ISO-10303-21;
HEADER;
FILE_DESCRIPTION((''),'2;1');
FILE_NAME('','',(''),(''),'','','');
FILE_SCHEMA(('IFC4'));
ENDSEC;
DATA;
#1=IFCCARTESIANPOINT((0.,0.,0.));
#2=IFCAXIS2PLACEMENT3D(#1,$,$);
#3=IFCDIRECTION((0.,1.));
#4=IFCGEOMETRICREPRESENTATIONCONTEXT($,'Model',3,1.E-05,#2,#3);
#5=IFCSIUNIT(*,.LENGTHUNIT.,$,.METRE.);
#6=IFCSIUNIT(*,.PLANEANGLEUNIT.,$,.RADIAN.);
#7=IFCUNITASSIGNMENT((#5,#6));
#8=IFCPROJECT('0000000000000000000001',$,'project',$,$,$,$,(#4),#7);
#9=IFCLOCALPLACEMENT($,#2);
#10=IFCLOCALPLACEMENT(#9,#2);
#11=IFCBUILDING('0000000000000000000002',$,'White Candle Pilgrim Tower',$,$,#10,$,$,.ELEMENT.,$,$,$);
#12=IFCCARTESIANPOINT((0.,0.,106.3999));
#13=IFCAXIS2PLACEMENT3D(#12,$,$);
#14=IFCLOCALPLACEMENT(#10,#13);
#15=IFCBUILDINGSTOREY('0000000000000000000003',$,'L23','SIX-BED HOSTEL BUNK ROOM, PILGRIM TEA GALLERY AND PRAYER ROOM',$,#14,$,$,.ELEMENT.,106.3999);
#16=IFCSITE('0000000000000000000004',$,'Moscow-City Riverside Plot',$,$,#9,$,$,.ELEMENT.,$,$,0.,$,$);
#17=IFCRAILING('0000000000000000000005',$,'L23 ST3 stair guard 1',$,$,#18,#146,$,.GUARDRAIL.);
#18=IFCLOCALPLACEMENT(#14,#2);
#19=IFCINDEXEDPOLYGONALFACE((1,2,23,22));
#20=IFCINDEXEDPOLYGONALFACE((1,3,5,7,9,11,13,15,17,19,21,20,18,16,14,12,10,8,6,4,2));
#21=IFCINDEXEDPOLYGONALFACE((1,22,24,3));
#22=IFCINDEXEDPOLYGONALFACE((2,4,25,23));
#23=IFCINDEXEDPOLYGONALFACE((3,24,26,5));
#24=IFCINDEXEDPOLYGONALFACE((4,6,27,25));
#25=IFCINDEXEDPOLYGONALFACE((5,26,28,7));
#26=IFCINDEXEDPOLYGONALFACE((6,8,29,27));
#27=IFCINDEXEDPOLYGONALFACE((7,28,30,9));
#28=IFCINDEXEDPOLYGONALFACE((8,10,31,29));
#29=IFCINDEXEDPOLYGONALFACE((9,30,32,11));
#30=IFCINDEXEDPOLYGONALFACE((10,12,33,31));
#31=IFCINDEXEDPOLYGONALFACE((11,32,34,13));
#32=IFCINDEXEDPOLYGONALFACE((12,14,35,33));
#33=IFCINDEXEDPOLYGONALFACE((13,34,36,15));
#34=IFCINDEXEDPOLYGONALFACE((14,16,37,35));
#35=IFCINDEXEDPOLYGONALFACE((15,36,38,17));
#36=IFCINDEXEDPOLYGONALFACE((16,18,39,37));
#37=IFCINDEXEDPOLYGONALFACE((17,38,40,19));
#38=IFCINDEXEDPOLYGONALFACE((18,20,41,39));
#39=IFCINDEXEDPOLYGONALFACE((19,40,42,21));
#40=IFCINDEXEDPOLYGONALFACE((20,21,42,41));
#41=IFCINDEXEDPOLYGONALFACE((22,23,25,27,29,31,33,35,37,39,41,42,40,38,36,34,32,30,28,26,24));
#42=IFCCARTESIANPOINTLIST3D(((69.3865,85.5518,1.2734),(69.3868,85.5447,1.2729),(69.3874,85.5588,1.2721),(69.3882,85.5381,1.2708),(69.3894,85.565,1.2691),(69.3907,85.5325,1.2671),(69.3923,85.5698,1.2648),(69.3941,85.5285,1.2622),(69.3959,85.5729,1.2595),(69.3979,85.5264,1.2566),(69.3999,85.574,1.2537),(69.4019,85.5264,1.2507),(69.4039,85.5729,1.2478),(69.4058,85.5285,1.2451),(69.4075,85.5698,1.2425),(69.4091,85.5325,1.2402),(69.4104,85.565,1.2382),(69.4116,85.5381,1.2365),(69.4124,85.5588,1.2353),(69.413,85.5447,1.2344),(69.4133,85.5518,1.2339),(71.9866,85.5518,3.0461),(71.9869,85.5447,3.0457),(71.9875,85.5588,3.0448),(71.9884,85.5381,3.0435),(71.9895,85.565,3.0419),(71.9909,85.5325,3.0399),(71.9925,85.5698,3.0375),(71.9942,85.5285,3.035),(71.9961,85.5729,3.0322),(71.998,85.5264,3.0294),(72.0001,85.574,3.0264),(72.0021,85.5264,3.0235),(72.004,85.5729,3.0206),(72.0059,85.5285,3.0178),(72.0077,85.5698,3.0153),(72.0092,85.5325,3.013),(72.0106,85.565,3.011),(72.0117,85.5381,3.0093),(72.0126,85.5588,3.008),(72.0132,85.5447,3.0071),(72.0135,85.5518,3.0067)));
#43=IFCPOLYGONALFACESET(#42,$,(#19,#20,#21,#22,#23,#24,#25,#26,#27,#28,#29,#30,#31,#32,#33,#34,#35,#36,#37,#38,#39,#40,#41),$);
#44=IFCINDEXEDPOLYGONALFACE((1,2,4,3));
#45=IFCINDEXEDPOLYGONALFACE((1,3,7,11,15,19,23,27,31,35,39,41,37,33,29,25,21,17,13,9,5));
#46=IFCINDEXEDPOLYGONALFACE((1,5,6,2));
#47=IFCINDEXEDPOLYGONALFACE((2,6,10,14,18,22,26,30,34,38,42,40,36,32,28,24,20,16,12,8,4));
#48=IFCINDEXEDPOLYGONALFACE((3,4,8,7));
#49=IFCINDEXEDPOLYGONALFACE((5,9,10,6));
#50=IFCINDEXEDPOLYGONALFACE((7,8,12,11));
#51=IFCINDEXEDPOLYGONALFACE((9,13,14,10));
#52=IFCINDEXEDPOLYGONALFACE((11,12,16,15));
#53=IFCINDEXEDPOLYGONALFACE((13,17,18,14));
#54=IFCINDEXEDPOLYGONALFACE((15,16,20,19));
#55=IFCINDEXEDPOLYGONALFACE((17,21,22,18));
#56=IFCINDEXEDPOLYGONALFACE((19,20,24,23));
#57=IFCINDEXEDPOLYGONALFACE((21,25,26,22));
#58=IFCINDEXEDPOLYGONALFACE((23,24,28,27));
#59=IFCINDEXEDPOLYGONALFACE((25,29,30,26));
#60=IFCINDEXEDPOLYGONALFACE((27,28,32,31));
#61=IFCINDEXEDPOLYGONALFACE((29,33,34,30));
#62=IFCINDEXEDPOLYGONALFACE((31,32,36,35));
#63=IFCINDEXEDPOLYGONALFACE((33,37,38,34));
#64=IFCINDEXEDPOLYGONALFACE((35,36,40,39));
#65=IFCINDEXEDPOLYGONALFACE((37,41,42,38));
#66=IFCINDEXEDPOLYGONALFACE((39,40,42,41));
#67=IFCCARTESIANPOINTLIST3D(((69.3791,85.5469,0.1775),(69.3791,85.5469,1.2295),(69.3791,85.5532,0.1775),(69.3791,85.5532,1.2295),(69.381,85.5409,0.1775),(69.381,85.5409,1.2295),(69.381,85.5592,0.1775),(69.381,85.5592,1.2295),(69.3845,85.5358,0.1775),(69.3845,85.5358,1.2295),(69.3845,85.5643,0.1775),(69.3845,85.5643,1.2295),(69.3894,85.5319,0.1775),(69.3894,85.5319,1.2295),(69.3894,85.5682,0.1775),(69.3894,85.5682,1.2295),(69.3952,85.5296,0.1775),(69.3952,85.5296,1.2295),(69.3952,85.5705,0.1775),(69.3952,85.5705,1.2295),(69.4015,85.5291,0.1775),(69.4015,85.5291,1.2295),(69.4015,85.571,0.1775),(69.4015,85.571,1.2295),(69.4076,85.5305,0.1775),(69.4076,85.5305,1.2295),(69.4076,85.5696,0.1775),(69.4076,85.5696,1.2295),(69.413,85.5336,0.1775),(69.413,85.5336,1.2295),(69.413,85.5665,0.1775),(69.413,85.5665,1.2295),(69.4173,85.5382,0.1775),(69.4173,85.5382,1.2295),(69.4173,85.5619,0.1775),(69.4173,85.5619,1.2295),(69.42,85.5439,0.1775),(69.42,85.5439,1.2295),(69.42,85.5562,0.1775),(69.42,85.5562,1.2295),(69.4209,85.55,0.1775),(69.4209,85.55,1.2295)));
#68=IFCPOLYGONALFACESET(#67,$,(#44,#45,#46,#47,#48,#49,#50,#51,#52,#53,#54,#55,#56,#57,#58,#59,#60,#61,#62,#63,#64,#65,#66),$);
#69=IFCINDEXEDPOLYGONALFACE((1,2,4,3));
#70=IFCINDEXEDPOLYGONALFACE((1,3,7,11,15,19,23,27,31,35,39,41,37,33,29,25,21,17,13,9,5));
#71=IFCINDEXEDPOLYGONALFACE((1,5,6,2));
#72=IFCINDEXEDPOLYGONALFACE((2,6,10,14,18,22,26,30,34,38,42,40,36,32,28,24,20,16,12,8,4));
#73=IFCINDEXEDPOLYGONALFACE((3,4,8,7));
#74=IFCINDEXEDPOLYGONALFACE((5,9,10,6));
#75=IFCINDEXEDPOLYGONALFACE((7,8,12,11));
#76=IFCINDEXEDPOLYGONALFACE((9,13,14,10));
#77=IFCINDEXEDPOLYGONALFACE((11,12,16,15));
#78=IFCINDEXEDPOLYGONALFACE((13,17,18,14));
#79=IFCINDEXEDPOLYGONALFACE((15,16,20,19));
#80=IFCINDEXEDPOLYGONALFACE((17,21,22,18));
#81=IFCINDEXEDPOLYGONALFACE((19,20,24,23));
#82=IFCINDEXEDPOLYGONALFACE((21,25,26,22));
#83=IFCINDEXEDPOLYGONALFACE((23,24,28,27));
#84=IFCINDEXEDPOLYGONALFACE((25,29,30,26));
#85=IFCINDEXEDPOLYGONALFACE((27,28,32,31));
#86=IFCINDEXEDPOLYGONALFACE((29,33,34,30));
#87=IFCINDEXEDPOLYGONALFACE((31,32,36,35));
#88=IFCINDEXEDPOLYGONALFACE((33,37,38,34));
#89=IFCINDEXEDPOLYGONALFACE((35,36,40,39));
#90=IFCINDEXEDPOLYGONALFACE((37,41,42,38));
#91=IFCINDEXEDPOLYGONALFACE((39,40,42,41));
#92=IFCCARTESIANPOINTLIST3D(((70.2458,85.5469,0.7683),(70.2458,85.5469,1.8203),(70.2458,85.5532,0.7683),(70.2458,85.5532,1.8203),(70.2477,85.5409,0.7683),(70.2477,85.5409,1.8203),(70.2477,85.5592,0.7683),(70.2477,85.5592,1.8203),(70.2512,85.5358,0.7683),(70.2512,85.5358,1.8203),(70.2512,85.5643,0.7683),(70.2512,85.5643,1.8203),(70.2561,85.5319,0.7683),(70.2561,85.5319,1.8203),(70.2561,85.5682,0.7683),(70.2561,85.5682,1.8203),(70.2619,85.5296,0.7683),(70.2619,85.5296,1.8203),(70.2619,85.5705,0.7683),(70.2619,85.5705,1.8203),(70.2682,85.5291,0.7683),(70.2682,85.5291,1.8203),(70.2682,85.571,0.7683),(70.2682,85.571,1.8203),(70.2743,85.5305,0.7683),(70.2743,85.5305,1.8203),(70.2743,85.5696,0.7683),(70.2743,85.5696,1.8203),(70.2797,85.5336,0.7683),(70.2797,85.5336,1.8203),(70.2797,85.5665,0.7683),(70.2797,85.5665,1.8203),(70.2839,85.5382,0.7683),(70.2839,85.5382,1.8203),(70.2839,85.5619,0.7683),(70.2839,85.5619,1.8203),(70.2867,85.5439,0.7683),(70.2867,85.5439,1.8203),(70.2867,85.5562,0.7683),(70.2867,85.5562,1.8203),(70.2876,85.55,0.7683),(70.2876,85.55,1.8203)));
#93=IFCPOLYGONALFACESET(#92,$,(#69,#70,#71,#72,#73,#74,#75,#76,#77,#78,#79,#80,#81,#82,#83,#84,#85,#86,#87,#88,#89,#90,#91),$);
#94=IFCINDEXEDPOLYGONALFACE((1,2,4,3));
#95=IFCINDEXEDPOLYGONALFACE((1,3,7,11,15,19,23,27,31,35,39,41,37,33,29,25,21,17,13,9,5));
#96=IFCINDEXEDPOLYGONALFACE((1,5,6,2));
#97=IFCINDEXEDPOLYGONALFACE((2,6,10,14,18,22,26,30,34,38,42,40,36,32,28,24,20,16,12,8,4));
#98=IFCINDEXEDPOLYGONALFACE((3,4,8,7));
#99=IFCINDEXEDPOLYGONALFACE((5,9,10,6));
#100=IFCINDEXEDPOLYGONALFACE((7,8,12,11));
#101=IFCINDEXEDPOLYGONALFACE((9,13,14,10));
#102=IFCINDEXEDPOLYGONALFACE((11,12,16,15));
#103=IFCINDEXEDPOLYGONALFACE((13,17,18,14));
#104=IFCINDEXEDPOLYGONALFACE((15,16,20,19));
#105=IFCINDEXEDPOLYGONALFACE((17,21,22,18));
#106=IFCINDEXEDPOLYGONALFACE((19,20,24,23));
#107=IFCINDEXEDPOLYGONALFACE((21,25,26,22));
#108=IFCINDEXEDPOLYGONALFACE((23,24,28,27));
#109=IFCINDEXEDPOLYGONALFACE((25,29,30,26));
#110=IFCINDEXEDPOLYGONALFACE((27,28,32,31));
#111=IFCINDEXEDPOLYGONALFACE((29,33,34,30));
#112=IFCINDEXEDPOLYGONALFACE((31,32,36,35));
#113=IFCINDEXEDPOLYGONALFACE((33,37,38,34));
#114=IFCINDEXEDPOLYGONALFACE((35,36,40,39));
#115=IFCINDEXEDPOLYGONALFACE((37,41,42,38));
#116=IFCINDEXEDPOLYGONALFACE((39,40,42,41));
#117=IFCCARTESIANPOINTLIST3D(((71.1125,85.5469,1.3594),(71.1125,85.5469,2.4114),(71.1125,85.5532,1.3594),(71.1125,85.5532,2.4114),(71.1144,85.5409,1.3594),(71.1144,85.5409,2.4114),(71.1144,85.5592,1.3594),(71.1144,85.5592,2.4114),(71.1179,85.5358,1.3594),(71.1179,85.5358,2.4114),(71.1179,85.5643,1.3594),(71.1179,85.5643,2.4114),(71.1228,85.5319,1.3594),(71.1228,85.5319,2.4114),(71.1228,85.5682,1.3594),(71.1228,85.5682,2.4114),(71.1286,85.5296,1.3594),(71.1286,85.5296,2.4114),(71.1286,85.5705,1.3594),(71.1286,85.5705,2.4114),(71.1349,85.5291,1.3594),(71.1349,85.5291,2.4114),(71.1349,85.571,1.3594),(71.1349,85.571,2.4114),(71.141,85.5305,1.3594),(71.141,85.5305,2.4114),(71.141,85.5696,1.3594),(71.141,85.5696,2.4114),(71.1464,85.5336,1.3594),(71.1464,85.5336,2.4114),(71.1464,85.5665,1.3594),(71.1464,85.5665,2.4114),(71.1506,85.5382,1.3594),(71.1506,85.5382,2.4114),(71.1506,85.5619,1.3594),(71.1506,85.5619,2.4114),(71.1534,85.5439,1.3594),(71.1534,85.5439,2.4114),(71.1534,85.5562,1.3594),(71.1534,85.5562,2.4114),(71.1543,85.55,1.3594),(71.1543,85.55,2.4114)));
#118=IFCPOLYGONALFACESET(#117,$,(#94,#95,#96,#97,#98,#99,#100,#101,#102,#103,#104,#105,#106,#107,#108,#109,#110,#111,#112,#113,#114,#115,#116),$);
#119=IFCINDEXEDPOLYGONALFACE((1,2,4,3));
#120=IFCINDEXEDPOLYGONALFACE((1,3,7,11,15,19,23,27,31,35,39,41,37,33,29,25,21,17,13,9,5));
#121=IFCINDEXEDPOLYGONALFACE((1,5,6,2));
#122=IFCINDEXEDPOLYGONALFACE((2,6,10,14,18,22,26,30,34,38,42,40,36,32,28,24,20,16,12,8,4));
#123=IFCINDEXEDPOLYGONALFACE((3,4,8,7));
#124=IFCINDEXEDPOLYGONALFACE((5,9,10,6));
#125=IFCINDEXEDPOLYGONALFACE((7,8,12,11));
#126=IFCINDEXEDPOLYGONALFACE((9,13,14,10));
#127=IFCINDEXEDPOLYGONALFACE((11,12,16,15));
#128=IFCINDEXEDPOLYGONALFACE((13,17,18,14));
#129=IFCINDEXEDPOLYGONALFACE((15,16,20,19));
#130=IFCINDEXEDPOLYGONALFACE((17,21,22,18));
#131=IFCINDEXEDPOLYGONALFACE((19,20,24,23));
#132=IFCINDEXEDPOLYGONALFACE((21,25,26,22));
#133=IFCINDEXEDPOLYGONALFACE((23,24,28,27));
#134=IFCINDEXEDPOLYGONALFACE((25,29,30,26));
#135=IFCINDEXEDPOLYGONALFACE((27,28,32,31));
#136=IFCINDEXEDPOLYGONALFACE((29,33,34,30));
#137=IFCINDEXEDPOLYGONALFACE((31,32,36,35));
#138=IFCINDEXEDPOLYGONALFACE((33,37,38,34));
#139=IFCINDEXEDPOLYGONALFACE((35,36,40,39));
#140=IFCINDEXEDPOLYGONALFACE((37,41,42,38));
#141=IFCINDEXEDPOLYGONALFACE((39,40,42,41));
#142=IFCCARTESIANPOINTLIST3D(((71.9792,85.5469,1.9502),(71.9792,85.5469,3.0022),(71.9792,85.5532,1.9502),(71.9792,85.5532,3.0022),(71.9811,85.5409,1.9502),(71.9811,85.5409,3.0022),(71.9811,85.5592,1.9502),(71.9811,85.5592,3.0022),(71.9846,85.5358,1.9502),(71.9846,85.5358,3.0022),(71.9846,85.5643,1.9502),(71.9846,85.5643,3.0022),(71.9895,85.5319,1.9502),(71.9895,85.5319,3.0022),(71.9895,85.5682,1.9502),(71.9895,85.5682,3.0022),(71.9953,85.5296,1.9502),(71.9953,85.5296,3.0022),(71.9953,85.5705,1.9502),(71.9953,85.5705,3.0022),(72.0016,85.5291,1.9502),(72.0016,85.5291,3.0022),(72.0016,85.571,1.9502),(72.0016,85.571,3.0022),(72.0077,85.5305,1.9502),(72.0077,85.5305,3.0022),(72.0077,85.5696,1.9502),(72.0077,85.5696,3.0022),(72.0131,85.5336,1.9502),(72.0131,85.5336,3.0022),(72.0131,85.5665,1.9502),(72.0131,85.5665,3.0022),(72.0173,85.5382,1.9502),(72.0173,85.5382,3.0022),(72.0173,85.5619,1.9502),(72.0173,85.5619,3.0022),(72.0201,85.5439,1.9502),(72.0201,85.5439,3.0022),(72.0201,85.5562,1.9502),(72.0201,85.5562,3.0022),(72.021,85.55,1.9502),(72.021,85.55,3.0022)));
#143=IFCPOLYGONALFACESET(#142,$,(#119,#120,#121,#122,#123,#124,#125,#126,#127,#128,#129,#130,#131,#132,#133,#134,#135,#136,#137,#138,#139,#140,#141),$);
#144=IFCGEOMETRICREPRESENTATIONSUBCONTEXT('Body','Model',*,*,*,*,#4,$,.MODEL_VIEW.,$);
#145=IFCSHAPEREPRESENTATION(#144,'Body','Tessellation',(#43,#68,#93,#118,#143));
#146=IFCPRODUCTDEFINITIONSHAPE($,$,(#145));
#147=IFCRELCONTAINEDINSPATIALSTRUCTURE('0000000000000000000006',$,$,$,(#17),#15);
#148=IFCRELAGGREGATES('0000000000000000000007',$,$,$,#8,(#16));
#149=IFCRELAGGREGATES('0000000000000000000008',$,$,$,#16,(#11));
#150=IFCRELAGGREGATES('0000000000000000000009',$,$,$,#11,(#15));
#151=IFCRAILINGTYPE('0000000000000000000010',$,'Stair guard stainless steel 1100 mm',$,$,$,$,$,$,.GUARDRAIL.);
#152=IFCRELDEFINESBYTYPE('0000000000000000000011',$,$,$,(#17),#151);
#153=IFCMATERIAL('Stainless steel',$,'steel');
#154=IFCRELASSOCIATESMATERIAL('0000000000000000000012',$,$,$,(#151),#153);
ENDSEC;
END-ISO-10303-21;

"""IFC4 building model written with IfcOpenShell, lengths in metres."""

from ifc_helpers import new_model, si_unit, direction, frame, origin, origin_2d, place, context, subcontext, project, spatial, circle, extrude, material, type_object, element, save


model = new_model("IFC4")

# Units and contexts
model_context = context("Model", 3, precision=1e-05, world=origin(), true_north=direction((0.0, 1.0)))
body_context = subcontext(model_context, "Body", "Model", "MODEL_VIEW")
ifc_project = project(units=[si_unit("LENGTHUNIT", "METRE"), si_unit("PLANEANGLEUNIT", "RADIAN")], contexts=[model_context])

# Site, building, storey
site_placement = place(None, origin())
site = spatial("IfcSite", under=ifc_project, at=site_placement, Name="Moscow-City Riverside Plot", CompositionType="ELEMENT", RefElevation=0.0)
building_placement = place(site_placement, origin())
building = spatial("IfcBuilding", under=site, at=building_placement, Name="White Candle Pilgrim Tower", CompositionType="ELEMENT")
storey_placement = place(building_placement, frame((0.0, 0.0, 106.3999)))
storey = spatial("IfcBuildingStorey", under=building, at=storey_placement, Name="L23", Description="SIX-BED HOSTEL BUNK ROOM, PILGRIM TEA GALLERY AND PRAYER ROOM", CompositionType="ELEMENT", Elevation=106.3999)

# Railing
ifc_material_1 = material(Name="Stainless steel", Category="steel")
railing_type_1 = type_object("IfcRailingType", Name="Stair guard stainless steel 1100 mm", PredefinedType="GUARDRAIL", material=ifc_material_1)
railing_1_placement = place(storey_placement, frame((69.3999, 85.55, 0.1775)))
element("IfcRailing", 1, at=railing_1_placement, inside=storey, type_object=railing_type_1, Name="L23 ST3 stair guard 1", PredefinedType="GUARDRAIL", context=body_context, shape_type="SweptSolid", body=[
    extrude(circle(Radius=0.0239, at=origin_2d()), frame((0.0, 0.0, 1.0762), z_axis=(0.82624, 0.0, 0.563318), x_axis=(0.0, 1.0, 0.0)), (0.0, 0.0, 1.0), 3.147),
    extrude(circle(Radius=0.021, at=origin_2d()), origin(), (0.0, 0.0, 1.0), 1.052),
    extrude(circle(Radius=0.021, at=origin_2d()), frame((0.8667, 0.0, 0.5908)), (0.0, 0.0, 1.0), 1.052),
    extrude(circle(Radius=0.021, at=origin_2d()), frame((1.7334, 0.0, 1.1819)), (0.0, 0.0, 1.0), 1.052),
    extrude(circle(Radius=0.021, at=origin_2d()), frame((2.6001, 0.0, 1.7727)), (0.0, 0.0, 1.0), 1.052),
])

save(model, "model.ifc")
